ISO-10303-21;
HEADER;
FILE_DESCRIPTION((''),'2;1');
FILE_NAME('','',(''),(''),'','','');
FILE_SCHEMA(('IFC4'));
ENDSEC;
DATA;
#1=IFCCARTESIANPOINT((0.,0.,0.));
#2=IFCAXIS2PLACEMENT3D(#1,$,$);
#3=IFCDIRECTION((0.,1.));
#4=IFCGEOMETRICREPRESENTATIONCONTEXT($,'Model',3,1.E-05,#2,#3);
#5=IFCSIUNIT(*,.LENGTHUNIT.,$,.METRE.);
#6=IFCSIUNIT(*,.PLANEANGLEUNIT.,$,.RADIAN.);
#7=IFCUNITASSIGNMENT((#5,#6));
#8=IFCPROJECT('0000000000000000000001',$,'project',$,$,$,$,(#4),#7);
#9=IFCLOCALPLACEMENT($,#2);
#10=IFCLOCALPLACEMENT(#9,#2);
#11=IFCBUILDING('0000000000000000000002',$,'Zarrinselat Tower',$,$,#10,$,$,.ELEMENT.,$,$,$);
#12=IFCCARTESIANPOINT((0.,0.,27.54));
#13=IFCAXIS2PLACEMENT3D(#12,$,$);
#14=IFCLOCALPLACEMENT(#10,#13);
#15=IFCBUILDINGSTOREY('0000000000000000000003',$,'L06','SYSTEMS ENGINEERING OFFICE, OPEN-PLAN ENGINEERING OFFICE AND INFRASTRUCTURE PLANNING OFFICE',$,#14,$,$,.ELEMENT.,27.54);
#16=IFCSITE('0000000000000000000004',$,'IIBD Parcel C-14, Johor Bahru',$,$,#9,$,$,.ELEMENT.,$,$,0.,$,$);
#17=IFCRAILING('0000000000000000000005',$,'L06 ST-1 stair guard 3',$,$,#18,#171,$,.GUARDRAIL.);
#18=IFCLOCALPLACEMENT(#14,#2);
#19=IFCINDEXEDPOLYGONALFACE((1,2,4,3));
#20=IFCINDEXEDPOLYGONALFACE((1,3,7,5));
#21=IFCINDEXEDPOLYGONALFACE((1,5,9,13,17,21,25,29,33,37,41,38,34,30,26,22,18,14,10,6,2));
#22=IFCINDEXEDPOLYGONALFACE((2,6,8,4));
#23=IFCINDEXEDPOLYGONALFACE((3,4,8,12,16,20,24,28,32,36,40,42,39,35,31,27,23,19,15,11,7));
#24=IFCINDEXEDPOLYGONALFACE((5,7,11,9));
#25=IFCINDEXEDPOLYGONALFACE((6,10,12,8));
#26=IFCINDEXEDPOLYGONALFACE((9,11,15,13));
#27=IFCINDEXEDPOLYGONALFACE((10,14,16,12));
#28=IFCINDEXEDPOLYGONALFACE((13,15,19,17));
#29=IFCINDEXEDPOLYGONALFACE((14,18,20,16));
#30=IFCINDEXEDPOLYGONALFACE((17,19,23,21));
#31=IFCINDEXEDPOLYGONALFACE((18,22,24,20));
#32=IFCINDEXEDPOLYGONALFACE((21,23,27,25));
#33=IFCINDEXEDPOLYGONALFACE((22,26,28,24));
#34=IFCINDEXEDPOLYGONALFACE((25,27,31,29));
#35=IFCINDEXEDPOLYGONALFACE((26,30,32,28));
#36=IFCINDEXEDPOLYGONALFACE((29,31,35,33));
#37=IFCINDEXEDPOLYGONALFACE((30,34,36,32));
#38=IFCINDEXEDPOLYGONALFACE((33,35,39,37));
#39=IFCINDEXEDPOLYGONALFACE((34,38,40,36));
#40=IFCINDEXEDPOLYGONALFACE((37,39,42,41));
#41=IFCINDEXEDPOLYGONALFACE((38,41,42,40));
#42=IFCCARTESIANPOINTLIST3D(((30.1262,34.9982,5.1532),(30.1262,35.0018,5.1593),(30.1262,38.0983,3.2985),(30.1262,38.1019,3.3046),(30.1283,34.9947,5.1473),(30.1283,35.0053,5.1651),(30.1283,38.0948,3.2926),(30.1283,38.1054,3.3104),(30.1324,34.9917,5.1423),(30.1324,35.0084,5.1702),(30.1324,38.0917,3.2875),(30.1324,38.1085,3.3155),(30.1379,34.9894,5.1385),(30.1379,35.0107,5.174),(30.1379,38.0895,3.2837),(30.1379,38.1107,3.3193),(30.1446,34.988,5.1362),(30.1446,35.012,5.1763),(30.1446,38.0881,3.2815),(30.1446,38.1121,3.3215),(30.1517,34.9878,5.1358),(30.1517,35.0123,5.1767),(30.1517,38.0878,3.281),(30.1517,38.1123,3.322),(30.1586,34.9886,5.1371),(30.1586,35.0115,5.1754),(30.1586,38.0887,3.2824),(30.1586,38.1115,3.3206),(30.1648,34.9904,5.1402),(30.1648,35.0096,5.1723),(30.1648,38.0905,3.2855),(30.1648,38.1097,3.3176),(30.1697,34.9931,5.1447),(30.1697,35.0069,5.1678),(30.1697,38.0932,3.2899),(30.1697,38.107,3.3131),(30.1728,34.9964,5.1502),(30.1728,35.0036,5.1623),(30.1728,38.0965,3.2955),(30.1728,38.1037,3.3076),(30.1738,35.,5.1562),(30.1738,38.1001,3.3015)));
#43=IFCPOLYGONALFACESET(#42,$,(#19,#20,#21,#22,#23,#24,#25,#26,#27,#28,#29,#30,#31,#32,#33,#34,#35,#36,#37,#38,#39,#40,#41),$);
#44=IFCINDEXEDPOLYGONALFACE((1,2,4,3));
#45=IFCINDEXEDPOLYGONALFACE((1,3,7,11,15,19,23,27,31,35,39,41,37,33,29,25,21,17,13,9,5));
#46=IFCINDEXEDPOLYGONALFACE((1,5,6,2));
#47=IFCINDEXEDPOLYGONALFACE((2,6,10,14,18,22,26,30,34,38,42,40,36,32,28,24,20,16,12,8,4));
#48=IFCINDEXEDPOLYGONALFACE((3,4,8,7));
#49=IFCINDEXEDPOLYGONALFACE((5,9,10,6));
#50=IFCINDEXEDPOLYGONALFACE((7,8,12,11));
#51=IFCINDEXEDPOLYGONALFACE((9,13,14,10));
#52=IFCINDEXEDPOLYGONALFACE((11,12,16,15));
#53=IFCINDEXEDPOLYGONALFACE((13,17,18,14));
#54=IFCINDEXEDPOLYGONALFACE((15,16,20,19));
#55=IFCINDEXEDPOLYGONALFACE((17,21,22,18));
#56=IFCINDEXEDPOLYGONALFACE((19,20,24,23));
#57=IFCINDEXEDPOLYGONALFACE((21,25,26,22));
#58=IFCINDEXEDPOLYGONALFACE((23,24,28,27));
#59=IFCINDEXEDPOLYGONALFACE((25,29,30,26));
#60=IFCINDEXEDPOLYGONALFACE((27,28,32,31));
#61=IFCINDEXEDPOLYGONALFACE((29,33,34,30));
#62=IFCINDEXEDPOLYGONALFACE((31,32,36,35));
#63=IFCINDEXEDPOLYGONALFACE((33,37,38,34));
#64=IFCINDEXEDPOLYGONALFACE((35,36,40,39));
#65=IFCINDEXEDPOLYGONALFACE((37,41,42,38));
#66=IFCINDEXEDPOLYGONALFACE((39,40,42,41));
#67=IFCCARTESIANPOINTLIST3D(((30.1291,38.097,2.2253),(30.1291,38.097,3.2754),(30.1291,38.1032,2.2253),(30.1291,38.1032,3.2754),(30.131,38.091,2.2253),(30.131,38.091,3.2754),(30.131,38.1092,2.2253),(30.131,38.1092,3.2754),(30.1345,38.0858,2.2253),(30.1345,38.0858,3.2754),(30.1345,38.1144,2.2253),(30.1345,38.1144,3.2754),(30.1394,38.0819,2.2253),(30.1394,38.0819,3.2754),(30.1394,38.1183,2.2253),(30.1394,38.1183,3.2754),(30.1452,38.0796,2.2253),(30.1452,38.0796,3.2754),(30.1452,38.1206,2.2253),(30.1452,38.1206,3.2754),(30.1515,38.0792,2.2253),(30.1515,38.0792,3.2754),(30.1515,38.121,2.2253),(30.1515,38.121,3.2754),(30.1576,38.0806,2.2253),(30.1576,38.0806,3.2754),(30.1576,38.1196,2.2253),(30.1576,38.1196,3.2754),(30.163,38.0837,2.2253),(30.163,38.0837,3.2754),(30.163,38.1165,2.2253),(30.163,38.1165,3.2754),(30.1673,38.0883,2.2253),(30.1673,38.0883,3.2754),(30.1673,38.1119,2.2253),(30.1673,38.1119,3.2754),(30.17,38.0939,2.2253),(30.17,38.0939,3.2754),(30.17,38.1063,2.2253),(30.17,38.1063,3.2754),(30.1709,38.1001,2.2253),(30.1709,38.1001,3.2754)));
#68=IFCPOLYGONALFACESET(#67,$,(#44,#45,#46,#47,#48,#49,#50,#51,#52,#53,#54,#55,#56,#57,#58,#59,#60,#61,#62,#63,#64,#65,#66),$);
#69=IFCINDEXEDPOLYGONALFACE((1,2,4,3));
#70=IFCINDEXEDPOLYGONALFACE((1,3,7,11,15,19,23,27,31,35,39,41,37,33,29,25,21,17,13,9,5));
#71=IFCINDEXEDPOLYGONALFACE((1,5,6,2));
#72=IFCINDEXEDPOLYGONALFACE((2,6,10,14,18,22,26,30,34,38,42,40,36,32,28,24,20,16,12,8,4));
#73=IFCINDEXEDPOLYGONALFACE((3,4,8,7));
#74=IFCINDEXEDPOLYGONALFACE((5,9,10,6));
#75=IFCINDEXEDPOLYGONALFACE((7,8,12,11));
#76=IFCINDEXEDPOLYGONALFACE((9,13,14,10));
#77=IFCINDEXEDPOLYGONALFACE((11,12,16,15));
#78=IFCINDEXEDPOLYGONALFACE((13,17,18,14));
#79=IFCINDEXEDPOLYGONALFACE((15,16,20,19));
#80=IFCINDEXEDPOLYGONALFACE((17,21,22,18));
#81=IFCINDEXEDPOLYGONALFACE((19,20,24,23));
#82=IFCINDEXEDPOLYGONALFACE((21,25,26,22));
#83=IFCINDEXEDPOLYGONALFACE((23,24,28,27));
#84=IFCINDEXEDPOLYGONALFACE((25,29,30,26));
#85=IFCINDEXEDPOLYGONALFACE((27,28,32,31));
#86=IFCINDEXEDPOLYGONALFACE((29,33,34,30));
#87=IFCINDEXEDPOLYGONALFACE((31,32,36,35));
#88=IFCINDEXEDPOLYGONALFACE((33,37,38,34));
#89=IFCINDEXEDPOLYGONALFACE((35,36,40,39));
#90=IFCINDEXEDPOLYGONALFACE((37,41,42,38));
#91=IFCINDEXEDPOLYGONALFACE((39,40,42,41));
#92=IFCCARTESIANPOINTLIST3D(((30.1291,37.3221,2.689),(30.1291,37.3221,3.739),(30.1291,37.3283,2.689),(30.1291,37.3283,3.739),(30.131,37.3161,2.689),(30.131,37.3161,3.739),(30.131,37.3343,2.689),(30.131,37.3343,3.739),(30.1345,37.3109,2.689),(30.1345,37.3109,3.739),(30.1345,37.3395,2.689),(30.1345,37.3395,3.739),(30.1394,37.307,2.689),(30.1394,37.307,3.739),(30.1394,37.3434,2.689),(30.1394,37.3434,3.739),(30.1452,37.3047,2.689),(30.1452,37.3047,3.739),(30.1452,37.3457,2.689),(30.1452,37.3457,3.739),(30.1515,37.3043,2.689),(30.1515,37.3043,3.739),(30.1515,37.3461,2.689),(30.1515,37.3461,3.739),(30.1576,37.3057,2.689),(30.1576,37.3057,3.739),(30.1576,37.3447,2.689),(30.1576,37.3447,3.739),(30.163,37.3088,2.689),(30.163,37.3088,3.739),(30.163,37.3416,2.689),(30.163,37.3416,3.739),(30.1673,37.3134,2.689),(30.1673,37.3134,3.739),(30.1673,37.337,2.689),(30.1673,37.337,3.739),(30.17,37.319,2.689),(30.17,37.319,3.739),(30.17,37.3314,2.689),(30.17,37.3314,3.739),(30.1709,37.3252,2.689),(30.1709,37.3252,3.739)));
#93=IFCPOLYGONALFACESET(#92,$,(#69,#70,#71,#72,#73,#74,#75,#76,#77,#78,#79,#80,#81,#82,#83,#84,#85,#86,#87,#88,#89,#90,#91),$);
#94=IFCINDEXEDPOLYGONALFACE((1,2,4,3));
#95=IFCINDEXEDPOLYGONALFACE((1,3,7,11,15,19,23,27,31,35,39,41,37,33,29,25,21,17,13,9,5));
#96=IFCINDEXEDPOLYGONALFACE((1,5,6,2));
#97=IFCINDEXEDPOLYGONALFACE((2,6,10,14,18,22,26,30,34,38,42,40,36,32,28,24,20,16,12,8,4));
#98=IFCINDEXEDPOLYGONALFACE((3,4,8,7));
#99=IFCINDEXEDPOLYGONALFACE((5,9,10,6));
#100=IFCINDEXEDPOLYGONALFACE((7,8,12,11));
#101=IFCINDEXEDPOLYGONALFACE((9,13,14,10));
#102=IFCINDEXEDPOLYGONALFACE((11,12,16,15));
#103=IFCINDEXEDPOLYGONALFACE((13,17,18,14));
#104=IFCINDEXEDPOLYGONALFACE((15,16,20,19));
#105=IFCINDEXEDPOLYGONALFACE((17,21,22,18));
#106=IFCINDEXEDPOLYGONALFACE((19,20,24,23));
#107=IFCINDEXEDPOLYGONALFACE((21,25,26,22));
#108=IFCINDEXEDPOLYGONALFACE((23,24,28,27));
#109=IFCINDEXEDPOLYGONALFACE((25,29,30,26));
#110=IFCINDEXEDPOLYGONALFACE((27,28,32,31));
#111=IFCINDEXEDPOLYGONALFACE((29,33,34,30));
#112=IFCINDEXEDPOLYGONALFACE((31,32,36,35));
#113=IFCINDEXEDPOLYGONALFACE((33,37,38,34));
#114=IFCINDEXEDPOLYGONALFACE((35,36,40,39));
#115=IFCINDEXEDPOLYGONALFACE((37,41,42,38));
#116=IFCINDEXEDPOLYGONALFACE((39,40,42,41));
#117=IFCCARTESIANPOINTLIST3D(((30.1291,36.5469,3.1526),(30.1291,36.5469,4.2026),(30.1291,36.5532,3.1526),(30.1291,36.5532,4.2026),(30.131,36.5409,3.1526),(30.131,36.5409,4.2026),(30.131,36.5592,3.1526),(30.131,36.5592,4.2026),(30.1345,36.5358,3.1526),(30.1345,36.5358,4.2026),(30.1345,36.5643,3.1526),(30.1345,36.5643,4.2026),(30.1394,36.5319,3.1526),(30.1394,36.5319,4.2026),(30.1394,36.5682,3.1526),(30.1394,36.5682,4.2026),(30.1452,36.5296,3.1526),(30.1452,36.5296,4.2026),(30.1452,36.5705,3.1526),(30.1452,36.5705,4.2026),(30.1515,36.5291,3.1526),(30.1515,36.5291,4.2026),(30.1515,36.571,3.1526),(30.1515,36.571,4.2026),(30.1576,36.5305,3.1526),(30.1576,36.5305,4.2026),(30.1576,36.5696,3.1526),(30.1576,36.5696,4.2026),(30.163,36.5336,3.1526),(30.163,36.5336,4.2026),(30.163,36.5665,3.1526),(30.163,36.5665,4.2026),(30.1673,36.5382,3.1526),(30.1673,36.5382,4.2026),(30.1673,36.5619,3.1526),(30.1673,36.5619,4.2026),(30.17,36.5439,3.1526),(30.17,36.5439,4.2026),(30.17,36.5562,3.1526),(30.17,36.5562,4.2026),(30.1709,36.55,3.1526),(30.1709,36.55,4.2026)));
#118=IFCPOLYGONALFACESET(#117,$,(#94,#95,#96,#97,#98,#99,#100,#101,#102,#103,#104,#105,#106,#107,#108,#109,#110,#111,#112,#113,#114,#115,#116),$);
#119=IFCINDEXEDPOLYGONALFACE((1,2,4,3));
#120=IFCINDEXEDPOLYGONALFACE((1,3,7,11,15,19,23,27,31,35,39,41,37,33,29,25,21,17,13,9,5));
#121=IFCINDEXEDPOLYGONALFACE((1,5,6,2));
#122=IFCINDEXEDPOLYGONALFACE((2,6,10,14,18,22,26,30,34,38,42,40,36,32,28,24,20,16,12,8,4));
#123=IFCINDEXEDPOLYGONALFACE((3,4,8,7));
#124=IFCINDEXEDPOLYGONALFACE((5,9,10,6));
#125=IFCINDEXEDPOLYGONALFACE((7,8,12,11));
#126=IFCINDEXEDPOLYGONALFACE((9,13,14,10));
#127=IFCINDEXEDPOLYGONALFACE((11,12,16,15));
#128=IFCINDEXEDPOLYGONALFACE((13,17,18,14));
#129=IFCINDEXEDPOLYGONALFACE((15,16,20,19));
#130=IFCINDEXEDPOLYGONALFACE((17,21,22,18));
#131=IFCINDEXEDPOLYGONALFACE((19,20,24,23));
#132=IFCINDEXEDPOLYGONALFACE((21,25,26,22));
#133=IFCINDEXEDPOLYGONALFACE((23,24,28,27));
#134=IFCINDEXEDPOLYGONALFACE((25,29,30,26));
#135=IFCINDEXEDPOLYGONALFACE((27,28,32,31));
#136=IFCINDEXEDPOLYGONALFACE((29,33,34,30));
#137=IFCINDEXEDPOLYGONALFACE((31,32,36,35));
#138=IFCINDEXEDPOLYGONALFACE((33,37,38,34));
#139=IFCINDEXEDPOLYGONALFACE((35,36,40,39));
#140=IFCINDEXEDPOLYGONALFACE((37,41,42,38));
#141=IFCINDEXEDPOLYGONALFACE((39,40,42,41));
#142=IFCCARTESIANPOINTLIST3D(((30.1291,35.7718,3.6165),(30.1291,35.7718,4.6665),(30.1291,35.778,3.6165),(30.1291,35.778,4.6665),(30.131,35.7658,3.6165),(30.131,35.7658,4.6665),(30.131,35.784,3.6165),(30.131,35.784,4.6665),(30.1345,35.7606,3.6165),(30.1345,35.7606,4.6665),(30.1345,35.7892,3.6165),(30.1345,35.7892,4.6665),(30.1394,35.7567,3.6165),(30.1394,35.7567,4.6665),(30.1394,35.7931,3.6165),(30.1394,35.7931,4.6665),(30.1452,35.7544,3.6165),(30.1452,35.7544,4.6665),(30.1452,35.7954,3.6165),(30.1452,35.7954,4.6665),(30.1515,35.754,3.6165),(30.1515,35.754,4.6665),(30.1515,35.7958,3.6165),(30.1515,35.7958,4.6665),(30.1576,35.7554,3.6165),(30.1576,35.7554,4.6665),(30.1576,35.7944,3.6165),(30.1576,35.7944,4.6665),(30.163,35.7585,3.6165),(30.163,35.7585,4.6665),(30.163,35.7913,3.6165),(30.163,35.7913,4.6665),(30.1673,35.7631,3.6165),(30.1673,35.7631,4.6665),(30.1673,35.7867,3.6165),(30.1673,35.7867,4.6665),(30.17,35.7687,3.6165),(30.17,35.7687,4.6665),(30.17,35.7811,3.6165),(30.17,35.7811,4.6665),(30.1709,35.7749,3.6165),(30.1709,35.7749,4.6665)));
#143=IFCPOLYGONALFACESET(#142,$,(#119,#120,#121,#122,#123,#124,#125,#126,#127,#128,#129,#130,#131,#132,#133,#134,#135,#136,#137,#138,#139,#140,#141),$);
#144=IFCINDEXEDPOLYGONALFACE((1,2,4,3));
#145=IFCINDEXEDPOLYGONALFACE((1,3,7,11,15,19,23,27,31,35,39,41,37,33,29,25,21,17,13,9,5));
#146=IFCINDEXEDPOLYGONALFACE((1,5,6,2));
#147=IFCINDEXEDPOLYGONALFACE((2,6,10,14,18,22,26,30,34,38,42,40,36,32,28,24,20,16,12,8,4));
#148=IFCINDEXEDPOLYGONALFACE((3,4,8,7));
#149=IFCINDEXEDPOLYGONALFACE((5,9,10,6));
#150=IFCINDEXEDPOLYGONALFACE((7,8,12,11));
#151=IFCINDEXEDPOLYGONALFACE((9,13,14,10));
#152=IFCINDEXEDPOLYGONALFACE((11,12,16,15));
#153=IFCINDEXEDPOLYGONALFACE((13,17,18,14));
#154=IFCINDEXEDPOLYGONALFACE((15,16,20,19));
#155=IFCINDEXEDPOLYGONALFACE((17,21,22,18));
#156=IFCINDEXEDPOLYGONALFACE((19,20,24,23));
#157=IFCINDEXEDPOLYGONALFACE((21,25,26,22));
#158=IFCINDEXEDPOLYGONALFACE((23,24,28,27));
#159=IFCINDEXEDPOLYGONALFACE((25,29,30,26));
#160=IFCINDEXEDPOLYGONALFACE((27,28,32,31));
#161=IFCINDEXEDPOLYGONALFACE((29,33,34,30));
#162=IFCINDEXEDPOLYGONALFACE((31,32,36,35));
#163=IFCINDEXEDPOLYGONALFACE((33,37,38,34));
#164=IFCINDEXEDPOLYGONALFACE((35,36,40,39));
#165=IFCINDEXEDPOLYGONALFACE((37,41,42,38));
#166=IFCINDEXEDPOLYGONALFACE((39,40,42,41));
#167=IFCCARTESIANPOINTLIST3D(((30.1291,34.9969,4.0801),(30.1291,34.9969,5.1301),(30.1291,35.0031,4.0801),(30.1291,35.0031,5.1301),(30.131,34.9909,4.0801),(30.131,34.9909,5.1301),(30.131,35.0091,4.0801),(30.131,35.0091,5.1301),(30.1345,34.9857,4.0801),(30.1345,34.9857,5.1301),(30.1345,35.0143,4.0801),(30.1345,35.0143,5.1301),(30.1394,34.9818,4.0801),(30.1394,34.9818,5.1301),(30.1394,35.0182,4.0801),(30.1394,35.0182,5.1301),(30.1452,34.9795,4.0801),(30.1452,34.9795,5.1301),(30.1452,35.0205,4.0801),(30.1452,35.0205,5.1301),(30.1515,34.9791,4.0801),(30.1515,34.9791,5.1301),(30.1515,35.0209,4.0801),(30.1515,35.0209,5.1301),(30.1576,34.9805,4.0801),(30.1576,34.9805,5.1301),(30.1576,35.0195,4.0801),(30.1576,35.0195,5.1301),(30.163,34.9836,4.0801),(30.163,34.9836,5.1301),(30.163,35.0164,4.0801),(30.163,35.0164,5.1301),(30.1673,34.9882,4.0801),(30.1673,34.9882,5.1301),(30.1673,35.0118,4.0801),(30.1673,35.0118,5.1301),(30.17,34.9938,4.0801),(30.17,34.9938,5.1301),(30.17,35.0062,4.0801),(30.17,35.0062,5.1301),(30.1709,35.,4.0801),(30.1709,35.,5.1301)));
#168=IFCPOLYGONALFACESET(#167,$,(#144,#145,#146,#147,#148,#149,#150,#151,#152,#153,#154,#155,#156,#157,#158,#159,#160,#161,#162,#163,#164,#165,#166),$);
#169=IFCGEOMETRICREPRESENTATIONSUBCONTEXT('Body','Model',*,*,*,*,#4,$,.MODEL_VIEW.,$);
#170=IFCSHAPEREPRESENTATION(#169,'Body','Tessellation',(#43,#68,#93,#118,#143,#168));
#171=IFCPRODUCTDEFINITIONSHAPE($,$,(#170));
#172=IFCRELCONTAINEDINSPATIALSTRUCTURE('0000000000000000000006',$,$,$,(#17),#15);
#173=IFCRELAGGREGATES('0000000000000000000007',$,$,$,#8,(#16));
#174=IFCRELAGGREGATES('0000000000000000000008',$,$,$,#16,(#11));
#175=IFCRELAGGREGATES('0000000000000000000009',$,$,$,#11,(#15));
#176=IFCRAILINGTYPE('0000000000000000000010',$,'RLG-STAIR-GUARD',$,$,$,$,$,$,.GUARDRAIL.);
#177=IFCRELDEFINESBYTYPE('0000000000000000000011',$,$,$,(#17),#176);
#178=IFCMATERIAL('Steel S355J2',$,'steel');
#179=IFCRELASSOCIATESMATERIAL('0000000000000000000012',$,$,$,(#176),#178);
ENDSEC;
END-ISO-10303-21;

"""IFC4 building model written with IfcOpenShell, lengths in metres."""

from ifc_helpers import new_model, si_unit, direction, frame, origin, origin_2d, place, context, subcontext, project, spatial, circle, extrude, material, type_object, element, save


model = new_model("IFC4")

# Units and contexts
model_context = context("Model", 3, precision=1e-05, world=origin(), true_north=direction((0.0, 1.0)))
body_context = subcontext(model_context, "Body", "Model", "MODEL_VIEW")
ifc_project = project(units=[si_unit("LENGTHUNIT", "METRE"), si_unit("PLANEANGLEUNIT", "RADIAN")], contexts=[model_context])

# Site, building, storey
site_placement = place(None, origin())
site = spatial("IfcSite", under=ifc_project, at=site_placement, Name="IIBD Parcel C-14, Johor Bahru", CompositionType="ELEMENT", RefElevation=0.0)
building_placement = place(site_placement, origin())
building = spatial("IfcBuilding", under=site, at=building_placement, Name="Zarrinselat Tower", CompositionType="ELEMENT")
storey_placement = place(building_placement, frame((0.0, 0.0, 27.54)))
storey = spatial("IfcBuildingStorey", under=building, at=storey_placement, Name="L06", Description="SYSTEMS ENGINEERING OFFICE, OPEN-PLAN ENGINEERING OFFICE AND INFRASTRUCTURE PLANNING OFFICE", CompositionType="ELEMENT", Elevation=27.54)

# Railing
ifc_material_1 = material(Name="Steel S355J2", Category="steel")
railing_type_1 = type_object("IfcRailingType", Name="RLG-STAIR-GUARD", PredefinedType="GUARDRAIL", material=ifc_material_1)
railing_1_placement = place(storey_placement, frame((30.1499, 38.1001, 2.2253)))
element("IfcRailing", 1, at=railing_1_placement, inside=storey, type_object=railing_type_1, Name="L06 ST-1 stair guard 3", PredefinedType="GUARDRAIL", context=body_context, shape_type="SweptSolid", body=[
    extrude(circle(Radius=0.0239, at=origin_2d()), frame((0.0, 0.0, 1.0762), z_axis=(0.0, -0.858142, 0.513412), x_axis=(1.0, 0.0, 0.0)), (0.0, 0.0, 1.0), 3.6125),
    extrude(circle(Radius=0.021, at=origin_2d()), origin(), (0.0, 0.0, 1.0), 1.05),
    extrude(circle(Radius=0.021, at=origin_2d()), frame((0.0, -0.7749, 0.4636)), (0.0, 0.0, 1.0), 1.05),
    extrude(circle(Radius=0.021, at=origin_2d()), frame((0.0, -1.55, 0.9272)), (0.0, 0.0, 1.0), 1.05),
    extrude(circle(Radius=0.021, at=origin_2d()), frame((0.0, -2.3252, 1.3911)), (0.0, 0.0, 1.0), 1.05),
    extrude(circle(Radius=0.021, at=origin_2d()), frame((0.0, -3.1001, 1.8547)), (0.0, 0.0, 1.0), 1.05),
])

save(model, "model.ifc")
